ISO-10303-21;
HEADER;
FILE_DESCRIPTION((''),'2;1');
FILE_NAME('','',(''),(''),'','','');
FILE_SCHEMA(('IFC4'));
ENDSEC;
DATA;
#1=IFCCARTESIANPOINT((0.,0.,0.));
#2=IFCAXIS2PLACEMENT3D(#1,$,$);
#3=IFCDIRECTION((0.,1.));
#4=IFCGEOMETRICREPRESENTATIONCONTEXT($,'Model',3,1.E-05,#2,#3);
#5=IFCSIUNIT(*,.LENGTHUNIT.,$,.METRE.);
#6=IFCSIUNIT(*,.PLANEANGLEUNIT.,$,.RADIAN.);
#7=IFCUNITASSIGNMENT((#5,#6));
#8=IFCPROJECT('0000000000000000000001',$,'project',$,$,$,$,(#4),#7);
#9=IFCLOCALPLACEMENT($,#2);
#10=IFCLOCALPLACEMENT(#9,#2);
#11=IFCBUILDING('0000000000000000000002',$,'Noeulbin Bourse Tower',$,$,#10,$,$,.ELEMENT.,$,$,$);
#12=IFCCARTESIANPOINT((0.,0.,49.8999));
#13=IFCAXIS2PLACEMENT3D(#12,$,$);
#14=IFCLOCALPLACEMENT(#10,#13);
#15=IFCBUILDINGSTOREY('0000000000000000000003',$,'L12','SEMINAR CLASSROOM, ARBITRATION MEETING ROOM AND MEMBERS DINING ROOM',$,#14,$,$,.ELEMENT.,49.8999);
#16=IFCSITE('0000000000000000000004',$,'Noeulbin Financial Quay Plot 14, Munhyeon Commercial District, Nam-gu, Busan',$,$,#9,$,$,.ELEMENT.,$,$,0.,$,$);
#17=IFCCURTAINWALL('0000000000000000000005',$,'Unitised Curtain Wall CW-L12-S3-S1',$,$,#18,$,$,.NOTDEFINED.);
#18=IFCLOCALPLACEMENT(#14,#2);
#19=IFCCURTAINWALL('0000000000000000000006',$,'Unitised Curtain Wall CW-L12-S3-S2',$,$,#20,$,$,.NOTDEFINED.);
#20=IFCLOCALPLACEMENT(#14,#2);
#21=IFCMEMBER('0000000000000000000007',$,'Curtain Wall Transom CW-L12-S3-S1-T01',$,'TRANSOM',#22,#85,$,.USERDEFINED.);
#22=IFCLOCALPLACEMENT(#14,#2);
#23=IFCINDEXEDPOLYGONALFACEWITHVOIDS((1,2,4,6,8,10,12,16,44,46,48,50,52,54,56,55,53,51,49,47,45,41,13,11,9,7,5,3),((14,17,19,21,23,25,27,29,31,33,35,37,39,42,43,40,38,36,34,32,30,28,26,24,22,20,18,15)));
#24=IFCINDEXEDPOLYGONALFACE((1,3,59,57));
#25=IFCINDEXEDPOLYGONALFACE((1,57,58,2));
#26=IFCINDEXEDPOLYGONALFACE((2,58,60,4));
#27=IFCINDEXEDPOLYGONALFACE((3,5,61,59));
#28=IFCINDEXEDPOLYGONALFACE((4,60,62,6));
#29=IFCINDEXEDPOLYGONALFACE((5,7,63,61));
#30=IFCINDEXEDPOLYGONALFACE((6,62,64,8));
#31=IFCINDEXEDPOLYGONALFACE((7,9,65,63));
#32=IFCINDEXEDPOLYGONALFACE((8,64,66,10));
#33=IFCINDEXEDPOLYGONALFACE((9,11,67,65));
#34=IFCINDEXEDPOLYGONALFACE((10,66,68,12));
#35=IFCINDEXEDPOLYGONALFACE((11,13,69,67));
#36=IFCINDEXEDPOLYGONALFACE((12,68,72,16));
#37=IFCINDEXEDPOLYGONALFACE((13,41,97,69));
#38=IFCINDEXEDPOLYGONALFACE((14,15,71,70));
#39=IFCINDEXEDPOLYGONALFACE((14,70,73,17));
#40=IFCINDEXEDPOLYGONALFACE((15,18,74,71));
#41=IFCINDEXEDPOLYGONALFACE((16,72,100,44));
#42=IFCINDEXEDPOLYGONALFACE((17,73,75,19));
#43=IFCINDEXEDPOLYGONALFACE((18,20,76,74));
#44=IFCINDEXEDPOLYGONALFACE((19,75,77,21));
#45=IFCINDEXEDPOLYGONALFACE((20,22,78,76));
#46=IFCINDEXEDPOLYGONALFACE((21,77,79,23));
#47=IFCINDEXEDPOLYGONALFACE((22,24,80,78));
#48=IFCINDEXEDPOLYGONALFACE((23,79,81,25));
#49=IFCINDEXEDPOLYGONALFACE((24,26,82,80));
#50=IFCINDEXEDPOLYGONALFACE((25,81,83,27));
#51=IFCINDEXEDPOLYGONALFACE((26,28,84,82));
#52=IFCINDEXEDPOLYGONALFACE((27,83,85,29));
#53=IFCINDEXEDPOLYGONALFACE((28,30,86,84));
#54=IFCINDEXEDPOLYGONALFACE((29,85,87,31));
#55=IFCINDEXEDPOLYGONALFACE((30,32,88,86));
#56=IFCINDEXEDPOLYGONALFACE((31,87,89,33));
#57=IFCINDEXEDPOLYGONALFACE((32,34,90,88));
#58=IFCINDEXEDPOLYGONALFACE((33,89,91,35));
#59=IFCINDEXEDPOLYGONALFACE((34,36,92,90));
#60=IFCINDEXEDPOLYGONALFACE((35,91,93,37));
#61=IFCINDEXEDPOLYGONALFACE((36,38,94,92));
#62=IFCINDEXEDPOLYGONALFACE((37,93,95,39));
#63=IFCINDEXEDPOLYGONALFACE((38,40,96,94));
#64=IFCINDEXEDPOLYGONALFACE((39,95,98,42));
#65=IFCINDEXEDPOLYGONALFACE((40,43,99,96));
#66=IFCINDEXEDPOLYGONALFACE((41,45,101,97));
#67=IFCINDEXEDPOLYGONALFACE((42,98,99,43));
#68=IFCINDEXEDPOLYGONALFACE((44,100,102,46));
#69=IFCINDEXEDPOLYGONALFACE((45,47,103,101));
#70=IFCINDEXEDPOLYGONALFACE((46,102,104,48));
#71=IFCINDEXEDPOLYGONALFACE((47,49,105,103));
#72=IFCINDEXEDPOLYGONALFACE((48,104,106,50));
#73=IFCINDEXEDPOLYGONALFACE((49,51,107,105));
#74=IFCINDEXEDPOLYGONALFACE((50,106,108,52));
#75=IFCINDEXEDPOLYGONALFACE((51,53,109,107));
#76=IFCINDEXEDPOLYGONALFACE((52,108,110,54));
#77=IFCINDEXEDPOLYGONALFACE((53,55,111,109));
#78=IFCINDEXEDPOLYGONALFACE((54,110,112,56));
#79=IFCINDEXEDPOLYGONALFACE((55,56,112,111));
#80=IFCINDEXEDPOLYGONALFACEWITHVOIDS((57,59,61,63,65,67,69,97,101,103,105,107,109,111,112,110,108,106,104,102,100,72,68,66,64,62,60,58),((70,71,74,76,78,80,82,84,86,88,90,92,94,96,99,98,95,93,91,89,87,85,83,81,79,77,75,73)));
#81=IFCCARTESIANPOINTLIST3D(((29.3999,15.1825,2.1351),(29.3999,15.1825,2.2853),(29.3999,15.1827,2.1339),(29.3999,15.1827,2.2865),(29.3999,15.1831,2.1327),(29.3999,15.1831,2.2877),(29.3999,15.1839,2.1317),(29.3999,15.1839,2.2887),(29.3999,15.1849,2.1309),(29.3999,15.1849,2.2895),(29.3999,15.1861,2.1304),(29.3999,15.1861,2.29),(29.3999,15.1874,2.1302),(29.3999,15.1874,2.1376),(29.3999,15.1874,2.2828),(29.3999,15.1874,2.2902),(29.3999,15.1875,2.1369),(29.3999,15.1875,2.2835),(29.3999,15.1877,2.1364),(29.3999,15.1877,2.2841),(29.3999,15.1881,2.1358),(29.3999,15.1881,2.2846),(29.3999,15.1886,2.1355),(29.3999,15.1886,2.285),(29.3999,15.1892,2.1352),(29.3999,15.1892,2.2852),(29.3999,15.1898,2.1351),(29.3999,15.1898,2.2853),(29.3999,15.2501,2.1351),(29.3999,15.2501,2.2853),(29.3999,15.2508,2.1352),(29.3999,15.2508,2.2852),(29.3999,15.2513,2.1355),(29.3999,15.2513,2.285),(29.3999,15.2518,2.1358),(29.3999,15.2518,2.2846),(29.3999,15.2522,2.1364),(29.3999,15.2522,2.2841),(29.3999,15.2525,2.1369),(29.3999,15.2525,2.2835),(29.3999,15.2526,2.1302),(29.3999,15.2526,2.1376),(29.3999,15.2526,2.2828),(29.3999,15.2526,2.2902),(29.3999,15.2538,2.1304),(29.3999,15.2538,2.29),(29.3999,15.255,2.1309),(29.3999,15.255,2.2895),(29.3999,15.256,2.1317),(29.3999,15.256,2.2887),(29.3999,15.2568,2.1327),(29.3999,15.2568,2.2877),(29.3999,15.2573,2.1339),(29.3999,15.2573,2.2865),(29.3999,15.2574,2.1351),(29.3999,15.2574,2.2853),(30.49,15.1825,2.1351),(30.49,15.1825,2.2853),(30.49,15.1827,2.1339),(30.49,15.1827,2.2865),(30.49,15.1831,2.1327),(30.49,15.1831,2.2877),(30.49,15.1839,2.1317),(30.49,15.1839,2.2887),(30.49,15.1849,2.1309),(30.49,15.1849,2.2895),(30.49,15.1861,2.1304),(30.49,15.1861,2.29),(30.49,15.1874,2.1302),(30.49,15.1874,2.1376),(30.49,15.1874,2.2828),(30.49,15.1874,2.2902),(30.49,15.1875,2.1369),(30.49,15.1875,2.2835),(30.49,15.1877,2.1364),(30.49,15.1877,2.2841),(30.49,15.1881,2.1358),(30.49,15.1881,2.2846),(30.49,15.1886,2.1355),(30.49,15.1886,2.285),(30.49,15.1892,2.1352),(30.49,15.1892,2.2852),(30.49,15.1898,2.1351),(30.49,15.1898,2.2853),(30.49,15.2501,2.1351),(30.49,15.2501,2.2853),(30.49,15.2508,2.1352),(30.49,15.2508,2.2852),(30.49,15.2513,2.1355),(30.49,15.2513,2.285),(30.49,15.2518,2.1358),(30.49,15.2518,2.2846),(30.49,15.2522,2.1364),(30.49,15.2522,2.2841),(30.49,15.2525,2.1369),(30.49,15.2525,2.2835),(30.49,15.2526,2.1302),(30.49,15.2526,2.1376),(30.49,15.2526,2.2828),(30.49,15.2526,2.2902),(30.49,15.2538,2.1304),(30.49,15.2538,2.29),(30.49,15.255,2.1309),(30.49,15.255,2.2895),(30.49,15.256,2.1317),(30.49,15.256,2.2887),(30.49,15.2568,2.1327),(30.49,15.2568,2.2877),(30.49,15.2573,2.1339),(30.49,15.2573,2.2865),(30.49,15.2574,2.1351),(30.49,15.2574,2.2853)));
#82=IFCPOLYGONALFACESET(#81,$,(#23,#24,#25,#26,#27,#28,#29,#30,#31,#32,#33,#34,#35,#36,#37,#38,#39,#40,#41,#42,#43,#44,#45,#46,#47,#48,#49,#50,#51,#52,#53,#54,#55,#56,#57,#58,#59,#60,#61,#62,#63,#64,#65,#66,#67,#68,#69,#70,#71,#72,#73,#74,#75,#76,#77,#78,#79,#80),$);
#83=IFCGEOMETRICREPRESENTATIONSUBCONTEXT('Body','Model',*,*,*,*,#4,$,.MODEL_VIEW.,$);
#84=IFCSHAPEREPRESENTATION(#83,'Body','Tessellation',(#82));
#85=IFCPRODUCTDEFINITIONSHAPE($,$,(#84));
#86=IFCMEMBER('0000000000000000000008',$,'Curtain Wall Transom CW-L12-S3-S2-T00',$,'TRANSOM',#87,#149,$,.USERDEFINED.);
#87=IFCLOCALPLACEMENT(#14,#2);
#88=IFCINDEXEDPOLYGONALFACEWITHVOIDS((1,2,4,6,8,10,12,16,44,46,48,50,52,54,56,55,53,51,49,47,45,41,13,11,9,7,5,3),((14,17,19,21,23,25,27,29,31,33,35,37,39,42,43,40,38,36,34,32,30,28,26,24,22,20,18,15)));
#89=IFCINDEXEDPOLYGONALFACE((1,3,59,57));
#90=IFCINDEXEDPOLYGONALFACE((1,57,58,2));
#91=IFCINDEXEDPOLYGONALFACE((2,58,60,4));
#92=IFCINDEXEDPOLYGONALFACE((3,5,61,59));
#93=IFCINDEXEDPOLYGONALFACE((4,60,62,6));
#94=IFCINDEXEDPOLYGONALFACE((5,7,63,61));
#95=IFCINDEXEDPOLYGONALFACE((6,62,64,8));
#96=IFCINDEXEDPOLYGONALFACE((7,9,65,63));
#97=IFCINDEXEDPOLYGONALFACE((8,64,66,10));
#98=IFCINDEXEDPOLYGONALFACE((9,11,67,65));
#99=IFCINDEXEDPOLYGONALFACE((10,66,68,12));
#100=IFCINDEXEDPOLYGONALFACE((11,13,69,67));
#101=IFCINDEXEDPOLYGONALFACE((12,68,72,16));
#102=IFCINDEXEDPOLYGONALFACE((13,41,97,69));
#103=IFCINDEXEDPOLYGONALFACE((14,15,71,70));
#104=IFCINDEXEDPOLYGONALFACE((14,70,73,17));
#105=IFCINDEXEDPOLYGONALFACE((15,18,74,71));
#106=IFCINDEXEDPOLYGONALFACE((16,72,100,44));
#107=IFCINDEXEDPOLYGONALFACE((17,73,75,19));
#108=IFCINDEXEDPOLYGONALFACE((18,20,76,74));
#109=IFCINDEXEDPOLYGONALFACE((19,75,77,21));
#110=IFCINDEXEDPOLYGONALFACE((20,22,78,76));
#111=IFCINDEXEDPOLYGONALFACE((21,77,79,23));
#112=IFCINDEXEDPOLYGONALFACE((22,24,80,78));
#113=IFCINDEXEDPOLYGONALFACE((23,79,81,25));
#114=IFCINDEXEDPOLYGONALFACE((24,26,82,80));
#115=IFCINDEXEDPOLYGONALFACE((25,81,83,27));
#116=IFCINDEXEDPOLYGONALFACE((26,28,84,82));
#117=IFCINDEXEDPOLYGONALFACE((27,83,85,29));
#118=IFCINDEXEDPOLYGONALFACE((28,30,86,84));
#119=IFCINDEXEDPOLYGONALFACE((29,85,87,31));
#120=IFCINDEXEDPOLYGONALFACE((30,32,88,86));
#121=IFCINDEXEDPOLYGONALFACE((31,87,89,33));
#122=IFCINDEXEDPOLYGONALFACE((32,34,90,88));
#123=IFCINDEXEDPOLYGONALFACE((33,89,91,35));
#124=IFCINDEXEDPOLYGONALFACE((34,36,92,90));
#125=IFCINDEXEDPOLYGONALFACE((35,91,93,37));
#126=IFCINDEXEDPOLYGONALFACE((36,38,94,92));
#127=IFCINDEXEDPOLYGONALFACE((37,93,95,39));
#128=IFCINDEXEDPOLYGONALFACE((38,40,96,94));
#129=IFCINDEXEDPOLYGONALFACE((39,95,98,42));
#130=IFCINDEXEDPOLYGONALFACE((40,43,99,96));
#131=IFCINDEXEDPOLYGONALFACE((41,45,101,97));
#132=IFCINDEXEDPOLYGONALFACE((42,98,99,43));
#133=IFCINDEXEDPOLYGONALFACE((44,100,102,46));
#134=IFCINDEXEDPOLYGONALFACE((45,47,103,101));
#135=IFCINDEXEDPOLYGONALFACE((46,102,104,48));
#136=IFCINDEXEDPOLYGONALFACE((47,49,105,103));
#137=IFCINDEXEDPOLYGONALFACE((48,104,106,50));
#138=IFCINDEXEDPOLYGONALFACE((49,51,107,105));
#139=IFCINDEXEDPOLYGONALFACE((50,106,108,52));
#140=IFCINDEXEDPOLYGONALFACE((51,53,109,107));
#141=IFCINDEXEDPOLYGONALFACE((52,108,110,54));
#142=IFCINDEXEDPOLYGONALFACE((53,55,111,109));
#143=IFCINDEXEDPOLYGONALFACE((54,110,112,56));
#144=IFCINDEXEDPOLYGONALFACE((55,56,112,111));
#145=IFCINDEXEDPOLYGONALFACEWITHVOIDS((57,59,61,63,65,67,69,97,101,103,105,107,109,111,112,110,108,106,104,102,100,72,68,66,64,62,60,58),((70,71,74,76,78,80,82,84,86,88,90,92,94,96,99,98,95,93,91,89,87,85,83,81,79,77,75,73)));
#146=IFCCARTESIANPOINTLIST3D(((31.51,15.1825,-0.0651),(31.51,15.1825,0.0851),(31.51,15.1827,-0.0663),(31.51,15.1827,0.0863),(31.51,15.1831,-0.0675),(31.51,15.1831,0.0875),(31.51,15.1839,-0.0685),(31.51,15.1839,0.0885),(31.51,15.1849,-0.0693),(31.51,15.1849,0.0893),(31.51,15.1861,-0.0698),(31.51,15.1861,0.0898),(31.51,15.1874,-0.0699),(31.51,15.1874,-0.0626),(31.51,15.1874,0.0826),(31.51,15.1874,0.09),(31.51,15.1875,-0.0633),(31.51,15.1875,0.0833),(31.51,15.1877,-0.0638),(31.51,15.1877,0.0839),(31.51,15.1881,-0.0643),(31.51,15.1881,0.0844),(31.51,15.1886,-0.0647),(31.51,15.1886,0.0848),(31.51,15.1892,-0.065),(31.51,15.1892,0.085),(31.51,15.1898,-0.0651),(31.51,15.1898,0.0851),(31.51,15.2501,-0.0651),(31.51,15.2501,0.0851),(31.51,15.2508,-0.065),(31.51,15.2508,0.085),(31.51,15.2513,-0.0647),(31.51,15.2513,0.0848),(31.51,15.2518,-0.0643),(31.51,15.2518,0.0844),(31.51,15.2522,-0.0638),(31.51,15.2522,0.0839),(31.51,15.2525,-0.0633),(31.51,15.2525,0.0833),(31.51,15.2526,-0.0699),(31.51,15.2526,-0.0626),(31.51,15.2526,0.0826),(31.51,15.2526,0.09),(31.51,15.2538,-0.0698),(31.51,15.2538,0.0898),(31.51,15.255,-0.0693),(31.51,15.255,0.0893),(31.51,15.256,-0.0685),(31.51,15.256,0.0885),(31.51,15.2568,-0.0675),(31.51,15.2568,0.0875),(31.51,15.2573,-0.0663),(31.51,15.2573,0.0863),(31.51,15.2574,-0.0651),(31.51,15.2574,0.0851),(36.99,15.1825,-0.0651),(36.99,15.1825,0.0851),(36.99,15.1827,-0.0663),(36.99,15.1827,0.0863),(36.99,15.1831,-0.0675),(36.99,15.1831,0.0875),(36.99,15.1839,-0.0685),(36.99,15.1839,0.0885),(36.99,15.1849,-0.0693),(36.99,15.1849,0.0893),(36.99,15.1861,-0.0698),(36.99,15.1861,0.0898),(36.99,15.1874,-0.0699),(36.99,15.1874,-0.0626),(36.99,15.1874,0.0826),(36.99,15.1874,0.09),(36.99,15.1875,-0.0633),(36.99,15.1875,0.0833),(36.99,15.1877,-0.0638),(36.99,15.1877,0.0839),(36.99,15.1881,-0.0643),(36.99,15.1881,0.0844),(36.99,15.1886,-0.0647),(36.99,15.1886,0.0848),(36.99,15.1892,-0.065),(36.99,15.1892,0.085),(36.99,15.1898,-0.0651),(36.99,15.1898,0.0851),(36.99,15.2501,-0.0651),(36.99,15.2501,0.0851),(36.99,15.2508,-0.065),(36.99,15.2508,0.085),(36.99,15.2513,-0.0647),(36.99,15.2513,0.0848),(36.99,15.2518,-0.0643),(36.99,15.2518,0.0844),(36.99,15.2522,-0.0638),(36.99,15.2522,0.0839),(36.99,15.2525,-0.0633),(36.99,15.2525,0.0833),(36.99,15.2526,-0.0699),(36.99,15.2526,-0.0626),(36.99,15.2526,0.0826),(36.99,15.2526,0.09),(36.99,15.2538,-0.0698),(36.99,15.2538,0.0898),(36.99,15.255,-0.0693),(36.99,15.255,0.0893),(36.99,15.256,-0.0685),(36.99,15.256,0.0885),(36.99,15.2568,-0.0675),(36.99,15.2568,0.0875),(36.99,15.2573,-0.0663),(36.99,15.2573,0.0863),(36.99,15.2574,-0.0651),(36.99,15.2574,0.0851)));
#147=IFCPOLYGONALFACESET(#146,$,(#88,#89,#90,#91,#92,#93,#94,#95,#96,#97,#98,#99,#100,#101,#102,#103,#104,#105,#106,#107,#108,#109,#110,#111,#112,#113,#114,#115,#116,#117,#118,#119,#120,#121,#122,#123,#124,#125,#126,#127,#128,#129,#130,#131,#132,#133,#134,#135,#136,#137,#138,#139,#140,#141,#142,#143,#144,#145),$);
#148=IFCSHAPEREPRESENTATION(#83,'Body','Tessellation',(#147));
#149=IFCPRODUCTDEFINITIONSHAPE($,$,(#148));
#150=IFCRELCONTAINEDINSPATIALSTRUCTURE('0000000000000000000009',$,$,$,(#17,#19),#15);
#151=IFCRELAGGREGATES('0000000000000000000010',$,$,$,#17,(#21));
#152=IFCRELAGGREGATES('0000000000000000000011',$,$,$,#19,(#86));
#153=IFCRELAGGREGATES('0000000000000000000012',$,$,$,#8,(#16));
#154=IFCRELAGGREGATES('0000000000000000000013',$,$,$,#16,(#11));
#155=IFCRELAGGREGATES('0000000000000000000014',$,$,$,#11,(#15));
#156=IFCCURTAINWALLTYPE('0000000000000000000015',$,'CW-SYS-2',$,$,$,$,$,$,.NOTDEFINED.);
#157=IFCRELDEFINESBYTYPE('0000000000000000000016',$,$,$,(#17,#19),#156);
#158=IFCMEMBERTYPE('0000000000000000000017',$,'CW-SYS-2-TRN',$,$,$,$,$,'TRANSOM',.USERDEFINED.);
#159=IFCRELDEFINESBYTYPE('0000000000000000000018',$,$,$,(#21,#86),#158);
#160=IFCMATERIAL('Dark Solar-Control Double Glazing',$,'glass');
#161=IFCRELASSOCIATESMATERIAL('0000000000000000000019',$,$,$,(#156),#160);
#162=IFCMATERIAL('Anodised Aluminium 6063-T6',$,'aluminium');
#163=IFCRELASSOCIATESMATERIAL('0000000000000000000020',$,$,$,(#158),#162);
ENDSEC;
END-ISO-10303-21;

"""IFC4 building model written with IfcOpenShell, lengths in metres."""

from ifc_helpers import new_model, si_unit, direction, frame, origin, origin_2d, place, context, subcontext, project, spatial, hollow_rectangle, extrude, material, material_profile, profile_set, type_object, element, aggregate, save


model = new_model("IFC4")

# Units and contexts
model_context = context("Model", 3, precision=1e-05, world=origin(), true_north=direction((0.0, 1.0)))
body_context = subcontext(model_context, "Body", "Model", "MODEL_VIEW")
ifc_project = project(units=[si_unit("LENGTHUNIT", "METRE"), si_unit("PLANEANGLEUNIT", "RADIAN")], contexts=[model_context])

# Site, building, storey
site_placement = place(None, origin())
site = spatial("IfcSite", under=ifc_project, at=site_placement, Name="Noeulbin Financial Quay Plot 14, Munhyeon Commercial District, Nam-gu, Busan", CompositionType="ELEMENT", RefElevation=0.0)
building_placement = place(site_placement, origin())
building = spatial("IfcBuilding", under=site, at=building_placement, Name="Noeulbin Bourse Tower", CompositionType="ELEMENT")
storey_placement = place(building_placement, frame((0.0, 0.0, 49.8999)))
storey = spatial("IfcBuildingStorey", under=building, at=storey_placement, Name="L12", Description="SEMINAR CLASSROOM, ARBITRATION MEETING ROOM AND MEMBERS DINING ROOM", CompositionType="ELEMENT", Elevation=49.8999)

# Curtain walls
ifc_material_1 = material(Name="Dark Solar-Control Double Glazing", Category="glass")
curtain_wall_type = type_object("IfcCurtainWallType", Name="CW-SYS-2", PredefinedType="NOTDEFINED", material=ifc_material_1)
curtain_wall_1_placement = place(storey_placement, origin())
curtain_wall_1 = element("IfcCurtainWall", 1, at=curtain_wall_1_placement, inside=storey, type_object=curtain_wall_type, Name="Unitised Curtain Wall CW-L12-S3-S1", PredefinedType="NOTDEFINED")
ifc_material_2 = material(Name="Anodised Aluminium 6063-T6", Category="aluminium")
curtain_wall_2_placement = place(storey_placement, origin())
curtain_wall_2 = element("IfcCurtainWall", 2, at=curtain_wall_2_placement, inside=storey, type_object=curtain_wall_type, Name="Unitised Curtain Wall CW-L12-S3-S2", PredefinedType="NOTDEFINED")

# Members
ifc_material_profile_1 = material_profile(ifc_material_2, hollow_rectangle(XDim=0.075, YDim=0.1599, WallThickness=0.0049, InnerFilletRadius=0.0024, OuterFilletRadius=0.0049, at=origin_2d()), Name="ALU-TRAN-75x160x5", Category="LoadBearing")
ifc_profile_set_1 = profile_set([ifc_material_profile_1], Name="Anodised Aluminium 6063-T6")
member_type_1 = type_object("IfcMemberType", Name="CW-SYS-2-TRN", ElementType="TRANSOM", PredefinedType="USERDEFINED", material=ifc_profile_set_1)
member_1_placement = place(storey_placement, frame((29.3999, 15.22, 2.2102), z_axis=(1.0, 0.0, 0.0), x_axis=(0.0, 1.0, 0.0)))
member_1 = element("IfcMember", 3, at=member_1_placement, type_object=member_type_1, Name="Curtain Wall Transom CW-L12-S3-S1-T01", ObjectType="TRANSOM", PredefinedType="USERDEFINED", context=body_context, shape_type="SweptSolid", body=[
    extrude(hollow_rectangle(XDim=0.075, YDim=0.1599, WallThickness=0.0049, InnerFilletRadius=0.0024, OuterFilletRadius=0.0049, at=origin_2d()), origin(), (0.0, 0.0, 1.0), 1.0901),
])
member_2_placement = place(storey_placement, frame((31.51, 15.22, 0.01), z_axis=(1.0, 0.0, 0.0), x_axis=(0.0, 1.0, 0.0)))
member_2 = element("IfcMember", 4, at=member_2_placement, type_object=member_type_1, Name="Curtain Wall Transom CW-L12-S3-S2-T00", ObjectType="TRANSOM", PredefinedType="USERDEFINED", context=body_context, shape_type="SweptSolid", body=[
    extrude(hollow_rectangle(XDim=0.075, YDim=0.1599, WallThickness=0.0049, InnerFilletRadius=0.0024, OuterFilletRadius=0.0049, at=origin_2d()), origin(), (0.0, 0.0, 1.0), 5.48),
])

aggregate(curtain_wall_1, [member_1])
aggregate(curtain_wall_2, [member_2])

save(model, "model.ifc")
